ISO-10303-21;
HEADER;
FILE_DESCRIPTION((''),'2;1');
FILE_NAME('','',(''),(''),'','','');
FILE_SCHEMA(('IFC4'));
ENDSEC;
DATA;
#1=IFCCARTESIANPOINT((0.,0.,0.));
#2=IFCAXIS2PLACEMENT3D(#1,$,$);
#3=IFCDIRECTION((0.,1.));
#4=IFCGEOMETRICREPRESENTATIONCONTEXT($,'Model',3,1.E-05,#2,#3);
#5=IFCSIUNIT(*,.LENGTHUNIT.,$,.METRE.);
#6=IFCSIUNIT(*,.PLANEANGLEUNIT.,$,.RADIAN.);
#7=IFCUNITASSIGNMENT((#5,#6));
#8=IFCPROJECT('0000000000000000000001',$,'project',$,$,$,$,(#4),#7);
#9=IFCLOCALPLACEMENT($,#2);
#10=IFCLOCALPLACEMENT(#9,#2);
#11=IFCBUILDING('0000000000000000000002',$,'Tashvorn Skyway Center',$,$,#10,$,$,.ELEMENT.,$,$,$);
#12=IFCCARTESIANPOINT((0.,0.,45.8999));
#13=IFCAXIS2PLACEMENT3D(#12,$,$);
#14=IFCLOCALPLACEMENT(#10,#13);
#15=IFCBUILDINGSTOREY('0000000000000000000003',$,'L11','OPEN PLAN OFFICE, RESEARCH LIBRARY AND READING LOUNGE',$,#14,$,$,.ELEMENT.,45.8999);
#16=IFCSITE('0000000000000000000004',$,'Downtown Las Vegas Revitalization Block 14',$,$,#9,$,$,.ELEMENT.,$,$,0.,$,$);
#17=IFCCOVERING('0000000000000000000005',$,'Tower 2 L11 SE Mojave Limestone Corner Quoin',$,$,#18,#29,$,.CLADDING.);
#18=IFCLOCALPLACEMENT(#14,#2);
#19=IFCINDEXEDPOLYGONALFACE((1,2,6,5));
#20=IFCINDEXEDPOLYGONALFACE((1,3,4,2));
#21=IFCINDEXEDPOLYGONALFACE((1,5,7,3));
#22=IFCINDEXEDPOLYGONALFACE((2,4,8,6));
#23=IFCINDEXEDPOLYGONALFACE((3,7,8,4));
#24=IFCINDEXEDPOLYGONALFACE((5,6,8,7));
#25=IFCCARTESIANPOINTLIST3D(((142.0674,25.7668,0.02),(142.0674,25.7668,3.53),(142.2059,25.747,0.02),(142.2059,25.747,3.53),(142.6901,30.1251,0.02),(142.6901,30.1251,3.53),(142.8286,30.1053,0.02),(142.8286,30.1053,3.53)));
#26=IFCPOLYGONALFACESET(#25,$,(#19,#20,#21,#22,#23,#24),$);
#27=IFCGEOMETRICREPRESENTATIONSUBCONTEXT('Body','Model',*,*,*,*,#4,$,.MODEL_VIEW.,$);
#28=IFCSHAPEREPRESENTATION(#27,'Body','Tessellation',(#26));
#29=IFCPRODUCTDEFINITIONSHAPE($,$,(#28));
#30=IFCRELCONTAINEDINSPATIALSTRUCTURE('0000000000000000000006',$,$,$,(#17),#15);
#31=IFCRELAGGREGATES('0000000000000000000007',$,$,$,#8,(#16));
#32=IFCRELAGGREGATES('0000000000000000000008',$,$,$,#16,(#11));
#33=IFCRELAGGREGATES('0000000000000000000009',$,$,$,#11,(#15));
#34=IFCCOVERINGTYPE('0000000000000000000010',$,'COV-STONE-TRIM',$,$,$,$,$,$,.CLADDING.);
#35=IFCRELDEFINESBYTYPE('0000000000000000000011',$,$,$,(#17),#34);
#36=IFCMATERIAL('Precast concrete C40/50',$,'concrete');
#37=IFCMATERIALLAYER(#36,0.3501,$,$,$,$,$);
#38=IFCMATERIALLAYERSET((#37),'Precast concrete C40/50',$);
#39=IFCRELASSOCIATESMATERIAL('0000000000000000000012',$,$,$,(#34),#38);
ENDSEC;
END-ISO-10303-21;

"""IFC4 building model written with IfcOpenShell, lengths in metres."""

from ifc_helpers import new_model, si_unit, direction, frame, origin, origin_2d, place, context, subcontext, project, spatial, rectangle, extrude, material, layer, layer_set, type_object, element, save


model = new_model("IFC4")

# Units and contexts
model_context = context("Model", 3, precision=1e-05, world=origin(), true_north=direction((0.0, 1.0)))
body_context = subcontext(model_context, "Body", "Model", "MODEL_VIEW")
ifc_project = project(units=[si_unit("LENGTHUNIT", "METRE"), si_unit("PLANEANGLEUNIT", "RADIAN")], contexts=[model_context])

# Site, building, storey
site_placement = place(None, origin())
site = spatial("IfcSite", under=ifc_project, at=site_placement, Name="Downtown Las Vegas Revitalization Block 14", CompositionType="ELEMENT", RefElevation=0.0)
building_placement = place(site_placement, origin())
building = spatial("IfcBuilding", under=site, at=building_placement, Name="Tashvorn Skyway Center", CompositionType="ELEMENT")
storey_placement = place(building_placement, frame((0.0, 0.0, 45.8999)))
storey = spatial("IfcBuildingStorey", under=building, at=storey_placement, Name="L11", Description="OPEN PLAN OFFICE, RESEARCH LIBRARY AND READING LOUNGE", CompositionType="ELEMENT", Elevation=45.8999)

# Shared definitions
ifc_material_1 = material(Name="Precast concrete C40/50", Category="concrete")

# Covering
ifc_layer_1 = layer(ifc_material_1, 0.3501)
ifc_layer_set_1 = layer_set([ifc_layer_1], Name="Precast concrete C40/50")
covering_type_1 = type_object("IfcCoveringType", Name="COV-STONE-TRIM", PredefinedType="CLADDING", material=ifc_layer_set_1)
covering_1_placement = place(storey_placement, frame((142.448, 27.936, 0.02), z_axis=(0.0, 0.0, 1.0), x_axis=(0.141421, 0.989949, 0.0)))
element("IfcCovering", 1, at=covering_1_placement, inside=storey, type_object=covering_type_1, Name="Tower 2 L11 SE Mojave Limestone Corner Quoin", PredefinedType="CLADDING", context=body_context, shape_type="SweptSolid", body=[
    extrude(rectangle(XDim=4.4026, YDim=0.1399, at=origin_2d()), origin(), (0.0, 0.0, 1.0), 3.51),
])

save(model, "model.ifc")
